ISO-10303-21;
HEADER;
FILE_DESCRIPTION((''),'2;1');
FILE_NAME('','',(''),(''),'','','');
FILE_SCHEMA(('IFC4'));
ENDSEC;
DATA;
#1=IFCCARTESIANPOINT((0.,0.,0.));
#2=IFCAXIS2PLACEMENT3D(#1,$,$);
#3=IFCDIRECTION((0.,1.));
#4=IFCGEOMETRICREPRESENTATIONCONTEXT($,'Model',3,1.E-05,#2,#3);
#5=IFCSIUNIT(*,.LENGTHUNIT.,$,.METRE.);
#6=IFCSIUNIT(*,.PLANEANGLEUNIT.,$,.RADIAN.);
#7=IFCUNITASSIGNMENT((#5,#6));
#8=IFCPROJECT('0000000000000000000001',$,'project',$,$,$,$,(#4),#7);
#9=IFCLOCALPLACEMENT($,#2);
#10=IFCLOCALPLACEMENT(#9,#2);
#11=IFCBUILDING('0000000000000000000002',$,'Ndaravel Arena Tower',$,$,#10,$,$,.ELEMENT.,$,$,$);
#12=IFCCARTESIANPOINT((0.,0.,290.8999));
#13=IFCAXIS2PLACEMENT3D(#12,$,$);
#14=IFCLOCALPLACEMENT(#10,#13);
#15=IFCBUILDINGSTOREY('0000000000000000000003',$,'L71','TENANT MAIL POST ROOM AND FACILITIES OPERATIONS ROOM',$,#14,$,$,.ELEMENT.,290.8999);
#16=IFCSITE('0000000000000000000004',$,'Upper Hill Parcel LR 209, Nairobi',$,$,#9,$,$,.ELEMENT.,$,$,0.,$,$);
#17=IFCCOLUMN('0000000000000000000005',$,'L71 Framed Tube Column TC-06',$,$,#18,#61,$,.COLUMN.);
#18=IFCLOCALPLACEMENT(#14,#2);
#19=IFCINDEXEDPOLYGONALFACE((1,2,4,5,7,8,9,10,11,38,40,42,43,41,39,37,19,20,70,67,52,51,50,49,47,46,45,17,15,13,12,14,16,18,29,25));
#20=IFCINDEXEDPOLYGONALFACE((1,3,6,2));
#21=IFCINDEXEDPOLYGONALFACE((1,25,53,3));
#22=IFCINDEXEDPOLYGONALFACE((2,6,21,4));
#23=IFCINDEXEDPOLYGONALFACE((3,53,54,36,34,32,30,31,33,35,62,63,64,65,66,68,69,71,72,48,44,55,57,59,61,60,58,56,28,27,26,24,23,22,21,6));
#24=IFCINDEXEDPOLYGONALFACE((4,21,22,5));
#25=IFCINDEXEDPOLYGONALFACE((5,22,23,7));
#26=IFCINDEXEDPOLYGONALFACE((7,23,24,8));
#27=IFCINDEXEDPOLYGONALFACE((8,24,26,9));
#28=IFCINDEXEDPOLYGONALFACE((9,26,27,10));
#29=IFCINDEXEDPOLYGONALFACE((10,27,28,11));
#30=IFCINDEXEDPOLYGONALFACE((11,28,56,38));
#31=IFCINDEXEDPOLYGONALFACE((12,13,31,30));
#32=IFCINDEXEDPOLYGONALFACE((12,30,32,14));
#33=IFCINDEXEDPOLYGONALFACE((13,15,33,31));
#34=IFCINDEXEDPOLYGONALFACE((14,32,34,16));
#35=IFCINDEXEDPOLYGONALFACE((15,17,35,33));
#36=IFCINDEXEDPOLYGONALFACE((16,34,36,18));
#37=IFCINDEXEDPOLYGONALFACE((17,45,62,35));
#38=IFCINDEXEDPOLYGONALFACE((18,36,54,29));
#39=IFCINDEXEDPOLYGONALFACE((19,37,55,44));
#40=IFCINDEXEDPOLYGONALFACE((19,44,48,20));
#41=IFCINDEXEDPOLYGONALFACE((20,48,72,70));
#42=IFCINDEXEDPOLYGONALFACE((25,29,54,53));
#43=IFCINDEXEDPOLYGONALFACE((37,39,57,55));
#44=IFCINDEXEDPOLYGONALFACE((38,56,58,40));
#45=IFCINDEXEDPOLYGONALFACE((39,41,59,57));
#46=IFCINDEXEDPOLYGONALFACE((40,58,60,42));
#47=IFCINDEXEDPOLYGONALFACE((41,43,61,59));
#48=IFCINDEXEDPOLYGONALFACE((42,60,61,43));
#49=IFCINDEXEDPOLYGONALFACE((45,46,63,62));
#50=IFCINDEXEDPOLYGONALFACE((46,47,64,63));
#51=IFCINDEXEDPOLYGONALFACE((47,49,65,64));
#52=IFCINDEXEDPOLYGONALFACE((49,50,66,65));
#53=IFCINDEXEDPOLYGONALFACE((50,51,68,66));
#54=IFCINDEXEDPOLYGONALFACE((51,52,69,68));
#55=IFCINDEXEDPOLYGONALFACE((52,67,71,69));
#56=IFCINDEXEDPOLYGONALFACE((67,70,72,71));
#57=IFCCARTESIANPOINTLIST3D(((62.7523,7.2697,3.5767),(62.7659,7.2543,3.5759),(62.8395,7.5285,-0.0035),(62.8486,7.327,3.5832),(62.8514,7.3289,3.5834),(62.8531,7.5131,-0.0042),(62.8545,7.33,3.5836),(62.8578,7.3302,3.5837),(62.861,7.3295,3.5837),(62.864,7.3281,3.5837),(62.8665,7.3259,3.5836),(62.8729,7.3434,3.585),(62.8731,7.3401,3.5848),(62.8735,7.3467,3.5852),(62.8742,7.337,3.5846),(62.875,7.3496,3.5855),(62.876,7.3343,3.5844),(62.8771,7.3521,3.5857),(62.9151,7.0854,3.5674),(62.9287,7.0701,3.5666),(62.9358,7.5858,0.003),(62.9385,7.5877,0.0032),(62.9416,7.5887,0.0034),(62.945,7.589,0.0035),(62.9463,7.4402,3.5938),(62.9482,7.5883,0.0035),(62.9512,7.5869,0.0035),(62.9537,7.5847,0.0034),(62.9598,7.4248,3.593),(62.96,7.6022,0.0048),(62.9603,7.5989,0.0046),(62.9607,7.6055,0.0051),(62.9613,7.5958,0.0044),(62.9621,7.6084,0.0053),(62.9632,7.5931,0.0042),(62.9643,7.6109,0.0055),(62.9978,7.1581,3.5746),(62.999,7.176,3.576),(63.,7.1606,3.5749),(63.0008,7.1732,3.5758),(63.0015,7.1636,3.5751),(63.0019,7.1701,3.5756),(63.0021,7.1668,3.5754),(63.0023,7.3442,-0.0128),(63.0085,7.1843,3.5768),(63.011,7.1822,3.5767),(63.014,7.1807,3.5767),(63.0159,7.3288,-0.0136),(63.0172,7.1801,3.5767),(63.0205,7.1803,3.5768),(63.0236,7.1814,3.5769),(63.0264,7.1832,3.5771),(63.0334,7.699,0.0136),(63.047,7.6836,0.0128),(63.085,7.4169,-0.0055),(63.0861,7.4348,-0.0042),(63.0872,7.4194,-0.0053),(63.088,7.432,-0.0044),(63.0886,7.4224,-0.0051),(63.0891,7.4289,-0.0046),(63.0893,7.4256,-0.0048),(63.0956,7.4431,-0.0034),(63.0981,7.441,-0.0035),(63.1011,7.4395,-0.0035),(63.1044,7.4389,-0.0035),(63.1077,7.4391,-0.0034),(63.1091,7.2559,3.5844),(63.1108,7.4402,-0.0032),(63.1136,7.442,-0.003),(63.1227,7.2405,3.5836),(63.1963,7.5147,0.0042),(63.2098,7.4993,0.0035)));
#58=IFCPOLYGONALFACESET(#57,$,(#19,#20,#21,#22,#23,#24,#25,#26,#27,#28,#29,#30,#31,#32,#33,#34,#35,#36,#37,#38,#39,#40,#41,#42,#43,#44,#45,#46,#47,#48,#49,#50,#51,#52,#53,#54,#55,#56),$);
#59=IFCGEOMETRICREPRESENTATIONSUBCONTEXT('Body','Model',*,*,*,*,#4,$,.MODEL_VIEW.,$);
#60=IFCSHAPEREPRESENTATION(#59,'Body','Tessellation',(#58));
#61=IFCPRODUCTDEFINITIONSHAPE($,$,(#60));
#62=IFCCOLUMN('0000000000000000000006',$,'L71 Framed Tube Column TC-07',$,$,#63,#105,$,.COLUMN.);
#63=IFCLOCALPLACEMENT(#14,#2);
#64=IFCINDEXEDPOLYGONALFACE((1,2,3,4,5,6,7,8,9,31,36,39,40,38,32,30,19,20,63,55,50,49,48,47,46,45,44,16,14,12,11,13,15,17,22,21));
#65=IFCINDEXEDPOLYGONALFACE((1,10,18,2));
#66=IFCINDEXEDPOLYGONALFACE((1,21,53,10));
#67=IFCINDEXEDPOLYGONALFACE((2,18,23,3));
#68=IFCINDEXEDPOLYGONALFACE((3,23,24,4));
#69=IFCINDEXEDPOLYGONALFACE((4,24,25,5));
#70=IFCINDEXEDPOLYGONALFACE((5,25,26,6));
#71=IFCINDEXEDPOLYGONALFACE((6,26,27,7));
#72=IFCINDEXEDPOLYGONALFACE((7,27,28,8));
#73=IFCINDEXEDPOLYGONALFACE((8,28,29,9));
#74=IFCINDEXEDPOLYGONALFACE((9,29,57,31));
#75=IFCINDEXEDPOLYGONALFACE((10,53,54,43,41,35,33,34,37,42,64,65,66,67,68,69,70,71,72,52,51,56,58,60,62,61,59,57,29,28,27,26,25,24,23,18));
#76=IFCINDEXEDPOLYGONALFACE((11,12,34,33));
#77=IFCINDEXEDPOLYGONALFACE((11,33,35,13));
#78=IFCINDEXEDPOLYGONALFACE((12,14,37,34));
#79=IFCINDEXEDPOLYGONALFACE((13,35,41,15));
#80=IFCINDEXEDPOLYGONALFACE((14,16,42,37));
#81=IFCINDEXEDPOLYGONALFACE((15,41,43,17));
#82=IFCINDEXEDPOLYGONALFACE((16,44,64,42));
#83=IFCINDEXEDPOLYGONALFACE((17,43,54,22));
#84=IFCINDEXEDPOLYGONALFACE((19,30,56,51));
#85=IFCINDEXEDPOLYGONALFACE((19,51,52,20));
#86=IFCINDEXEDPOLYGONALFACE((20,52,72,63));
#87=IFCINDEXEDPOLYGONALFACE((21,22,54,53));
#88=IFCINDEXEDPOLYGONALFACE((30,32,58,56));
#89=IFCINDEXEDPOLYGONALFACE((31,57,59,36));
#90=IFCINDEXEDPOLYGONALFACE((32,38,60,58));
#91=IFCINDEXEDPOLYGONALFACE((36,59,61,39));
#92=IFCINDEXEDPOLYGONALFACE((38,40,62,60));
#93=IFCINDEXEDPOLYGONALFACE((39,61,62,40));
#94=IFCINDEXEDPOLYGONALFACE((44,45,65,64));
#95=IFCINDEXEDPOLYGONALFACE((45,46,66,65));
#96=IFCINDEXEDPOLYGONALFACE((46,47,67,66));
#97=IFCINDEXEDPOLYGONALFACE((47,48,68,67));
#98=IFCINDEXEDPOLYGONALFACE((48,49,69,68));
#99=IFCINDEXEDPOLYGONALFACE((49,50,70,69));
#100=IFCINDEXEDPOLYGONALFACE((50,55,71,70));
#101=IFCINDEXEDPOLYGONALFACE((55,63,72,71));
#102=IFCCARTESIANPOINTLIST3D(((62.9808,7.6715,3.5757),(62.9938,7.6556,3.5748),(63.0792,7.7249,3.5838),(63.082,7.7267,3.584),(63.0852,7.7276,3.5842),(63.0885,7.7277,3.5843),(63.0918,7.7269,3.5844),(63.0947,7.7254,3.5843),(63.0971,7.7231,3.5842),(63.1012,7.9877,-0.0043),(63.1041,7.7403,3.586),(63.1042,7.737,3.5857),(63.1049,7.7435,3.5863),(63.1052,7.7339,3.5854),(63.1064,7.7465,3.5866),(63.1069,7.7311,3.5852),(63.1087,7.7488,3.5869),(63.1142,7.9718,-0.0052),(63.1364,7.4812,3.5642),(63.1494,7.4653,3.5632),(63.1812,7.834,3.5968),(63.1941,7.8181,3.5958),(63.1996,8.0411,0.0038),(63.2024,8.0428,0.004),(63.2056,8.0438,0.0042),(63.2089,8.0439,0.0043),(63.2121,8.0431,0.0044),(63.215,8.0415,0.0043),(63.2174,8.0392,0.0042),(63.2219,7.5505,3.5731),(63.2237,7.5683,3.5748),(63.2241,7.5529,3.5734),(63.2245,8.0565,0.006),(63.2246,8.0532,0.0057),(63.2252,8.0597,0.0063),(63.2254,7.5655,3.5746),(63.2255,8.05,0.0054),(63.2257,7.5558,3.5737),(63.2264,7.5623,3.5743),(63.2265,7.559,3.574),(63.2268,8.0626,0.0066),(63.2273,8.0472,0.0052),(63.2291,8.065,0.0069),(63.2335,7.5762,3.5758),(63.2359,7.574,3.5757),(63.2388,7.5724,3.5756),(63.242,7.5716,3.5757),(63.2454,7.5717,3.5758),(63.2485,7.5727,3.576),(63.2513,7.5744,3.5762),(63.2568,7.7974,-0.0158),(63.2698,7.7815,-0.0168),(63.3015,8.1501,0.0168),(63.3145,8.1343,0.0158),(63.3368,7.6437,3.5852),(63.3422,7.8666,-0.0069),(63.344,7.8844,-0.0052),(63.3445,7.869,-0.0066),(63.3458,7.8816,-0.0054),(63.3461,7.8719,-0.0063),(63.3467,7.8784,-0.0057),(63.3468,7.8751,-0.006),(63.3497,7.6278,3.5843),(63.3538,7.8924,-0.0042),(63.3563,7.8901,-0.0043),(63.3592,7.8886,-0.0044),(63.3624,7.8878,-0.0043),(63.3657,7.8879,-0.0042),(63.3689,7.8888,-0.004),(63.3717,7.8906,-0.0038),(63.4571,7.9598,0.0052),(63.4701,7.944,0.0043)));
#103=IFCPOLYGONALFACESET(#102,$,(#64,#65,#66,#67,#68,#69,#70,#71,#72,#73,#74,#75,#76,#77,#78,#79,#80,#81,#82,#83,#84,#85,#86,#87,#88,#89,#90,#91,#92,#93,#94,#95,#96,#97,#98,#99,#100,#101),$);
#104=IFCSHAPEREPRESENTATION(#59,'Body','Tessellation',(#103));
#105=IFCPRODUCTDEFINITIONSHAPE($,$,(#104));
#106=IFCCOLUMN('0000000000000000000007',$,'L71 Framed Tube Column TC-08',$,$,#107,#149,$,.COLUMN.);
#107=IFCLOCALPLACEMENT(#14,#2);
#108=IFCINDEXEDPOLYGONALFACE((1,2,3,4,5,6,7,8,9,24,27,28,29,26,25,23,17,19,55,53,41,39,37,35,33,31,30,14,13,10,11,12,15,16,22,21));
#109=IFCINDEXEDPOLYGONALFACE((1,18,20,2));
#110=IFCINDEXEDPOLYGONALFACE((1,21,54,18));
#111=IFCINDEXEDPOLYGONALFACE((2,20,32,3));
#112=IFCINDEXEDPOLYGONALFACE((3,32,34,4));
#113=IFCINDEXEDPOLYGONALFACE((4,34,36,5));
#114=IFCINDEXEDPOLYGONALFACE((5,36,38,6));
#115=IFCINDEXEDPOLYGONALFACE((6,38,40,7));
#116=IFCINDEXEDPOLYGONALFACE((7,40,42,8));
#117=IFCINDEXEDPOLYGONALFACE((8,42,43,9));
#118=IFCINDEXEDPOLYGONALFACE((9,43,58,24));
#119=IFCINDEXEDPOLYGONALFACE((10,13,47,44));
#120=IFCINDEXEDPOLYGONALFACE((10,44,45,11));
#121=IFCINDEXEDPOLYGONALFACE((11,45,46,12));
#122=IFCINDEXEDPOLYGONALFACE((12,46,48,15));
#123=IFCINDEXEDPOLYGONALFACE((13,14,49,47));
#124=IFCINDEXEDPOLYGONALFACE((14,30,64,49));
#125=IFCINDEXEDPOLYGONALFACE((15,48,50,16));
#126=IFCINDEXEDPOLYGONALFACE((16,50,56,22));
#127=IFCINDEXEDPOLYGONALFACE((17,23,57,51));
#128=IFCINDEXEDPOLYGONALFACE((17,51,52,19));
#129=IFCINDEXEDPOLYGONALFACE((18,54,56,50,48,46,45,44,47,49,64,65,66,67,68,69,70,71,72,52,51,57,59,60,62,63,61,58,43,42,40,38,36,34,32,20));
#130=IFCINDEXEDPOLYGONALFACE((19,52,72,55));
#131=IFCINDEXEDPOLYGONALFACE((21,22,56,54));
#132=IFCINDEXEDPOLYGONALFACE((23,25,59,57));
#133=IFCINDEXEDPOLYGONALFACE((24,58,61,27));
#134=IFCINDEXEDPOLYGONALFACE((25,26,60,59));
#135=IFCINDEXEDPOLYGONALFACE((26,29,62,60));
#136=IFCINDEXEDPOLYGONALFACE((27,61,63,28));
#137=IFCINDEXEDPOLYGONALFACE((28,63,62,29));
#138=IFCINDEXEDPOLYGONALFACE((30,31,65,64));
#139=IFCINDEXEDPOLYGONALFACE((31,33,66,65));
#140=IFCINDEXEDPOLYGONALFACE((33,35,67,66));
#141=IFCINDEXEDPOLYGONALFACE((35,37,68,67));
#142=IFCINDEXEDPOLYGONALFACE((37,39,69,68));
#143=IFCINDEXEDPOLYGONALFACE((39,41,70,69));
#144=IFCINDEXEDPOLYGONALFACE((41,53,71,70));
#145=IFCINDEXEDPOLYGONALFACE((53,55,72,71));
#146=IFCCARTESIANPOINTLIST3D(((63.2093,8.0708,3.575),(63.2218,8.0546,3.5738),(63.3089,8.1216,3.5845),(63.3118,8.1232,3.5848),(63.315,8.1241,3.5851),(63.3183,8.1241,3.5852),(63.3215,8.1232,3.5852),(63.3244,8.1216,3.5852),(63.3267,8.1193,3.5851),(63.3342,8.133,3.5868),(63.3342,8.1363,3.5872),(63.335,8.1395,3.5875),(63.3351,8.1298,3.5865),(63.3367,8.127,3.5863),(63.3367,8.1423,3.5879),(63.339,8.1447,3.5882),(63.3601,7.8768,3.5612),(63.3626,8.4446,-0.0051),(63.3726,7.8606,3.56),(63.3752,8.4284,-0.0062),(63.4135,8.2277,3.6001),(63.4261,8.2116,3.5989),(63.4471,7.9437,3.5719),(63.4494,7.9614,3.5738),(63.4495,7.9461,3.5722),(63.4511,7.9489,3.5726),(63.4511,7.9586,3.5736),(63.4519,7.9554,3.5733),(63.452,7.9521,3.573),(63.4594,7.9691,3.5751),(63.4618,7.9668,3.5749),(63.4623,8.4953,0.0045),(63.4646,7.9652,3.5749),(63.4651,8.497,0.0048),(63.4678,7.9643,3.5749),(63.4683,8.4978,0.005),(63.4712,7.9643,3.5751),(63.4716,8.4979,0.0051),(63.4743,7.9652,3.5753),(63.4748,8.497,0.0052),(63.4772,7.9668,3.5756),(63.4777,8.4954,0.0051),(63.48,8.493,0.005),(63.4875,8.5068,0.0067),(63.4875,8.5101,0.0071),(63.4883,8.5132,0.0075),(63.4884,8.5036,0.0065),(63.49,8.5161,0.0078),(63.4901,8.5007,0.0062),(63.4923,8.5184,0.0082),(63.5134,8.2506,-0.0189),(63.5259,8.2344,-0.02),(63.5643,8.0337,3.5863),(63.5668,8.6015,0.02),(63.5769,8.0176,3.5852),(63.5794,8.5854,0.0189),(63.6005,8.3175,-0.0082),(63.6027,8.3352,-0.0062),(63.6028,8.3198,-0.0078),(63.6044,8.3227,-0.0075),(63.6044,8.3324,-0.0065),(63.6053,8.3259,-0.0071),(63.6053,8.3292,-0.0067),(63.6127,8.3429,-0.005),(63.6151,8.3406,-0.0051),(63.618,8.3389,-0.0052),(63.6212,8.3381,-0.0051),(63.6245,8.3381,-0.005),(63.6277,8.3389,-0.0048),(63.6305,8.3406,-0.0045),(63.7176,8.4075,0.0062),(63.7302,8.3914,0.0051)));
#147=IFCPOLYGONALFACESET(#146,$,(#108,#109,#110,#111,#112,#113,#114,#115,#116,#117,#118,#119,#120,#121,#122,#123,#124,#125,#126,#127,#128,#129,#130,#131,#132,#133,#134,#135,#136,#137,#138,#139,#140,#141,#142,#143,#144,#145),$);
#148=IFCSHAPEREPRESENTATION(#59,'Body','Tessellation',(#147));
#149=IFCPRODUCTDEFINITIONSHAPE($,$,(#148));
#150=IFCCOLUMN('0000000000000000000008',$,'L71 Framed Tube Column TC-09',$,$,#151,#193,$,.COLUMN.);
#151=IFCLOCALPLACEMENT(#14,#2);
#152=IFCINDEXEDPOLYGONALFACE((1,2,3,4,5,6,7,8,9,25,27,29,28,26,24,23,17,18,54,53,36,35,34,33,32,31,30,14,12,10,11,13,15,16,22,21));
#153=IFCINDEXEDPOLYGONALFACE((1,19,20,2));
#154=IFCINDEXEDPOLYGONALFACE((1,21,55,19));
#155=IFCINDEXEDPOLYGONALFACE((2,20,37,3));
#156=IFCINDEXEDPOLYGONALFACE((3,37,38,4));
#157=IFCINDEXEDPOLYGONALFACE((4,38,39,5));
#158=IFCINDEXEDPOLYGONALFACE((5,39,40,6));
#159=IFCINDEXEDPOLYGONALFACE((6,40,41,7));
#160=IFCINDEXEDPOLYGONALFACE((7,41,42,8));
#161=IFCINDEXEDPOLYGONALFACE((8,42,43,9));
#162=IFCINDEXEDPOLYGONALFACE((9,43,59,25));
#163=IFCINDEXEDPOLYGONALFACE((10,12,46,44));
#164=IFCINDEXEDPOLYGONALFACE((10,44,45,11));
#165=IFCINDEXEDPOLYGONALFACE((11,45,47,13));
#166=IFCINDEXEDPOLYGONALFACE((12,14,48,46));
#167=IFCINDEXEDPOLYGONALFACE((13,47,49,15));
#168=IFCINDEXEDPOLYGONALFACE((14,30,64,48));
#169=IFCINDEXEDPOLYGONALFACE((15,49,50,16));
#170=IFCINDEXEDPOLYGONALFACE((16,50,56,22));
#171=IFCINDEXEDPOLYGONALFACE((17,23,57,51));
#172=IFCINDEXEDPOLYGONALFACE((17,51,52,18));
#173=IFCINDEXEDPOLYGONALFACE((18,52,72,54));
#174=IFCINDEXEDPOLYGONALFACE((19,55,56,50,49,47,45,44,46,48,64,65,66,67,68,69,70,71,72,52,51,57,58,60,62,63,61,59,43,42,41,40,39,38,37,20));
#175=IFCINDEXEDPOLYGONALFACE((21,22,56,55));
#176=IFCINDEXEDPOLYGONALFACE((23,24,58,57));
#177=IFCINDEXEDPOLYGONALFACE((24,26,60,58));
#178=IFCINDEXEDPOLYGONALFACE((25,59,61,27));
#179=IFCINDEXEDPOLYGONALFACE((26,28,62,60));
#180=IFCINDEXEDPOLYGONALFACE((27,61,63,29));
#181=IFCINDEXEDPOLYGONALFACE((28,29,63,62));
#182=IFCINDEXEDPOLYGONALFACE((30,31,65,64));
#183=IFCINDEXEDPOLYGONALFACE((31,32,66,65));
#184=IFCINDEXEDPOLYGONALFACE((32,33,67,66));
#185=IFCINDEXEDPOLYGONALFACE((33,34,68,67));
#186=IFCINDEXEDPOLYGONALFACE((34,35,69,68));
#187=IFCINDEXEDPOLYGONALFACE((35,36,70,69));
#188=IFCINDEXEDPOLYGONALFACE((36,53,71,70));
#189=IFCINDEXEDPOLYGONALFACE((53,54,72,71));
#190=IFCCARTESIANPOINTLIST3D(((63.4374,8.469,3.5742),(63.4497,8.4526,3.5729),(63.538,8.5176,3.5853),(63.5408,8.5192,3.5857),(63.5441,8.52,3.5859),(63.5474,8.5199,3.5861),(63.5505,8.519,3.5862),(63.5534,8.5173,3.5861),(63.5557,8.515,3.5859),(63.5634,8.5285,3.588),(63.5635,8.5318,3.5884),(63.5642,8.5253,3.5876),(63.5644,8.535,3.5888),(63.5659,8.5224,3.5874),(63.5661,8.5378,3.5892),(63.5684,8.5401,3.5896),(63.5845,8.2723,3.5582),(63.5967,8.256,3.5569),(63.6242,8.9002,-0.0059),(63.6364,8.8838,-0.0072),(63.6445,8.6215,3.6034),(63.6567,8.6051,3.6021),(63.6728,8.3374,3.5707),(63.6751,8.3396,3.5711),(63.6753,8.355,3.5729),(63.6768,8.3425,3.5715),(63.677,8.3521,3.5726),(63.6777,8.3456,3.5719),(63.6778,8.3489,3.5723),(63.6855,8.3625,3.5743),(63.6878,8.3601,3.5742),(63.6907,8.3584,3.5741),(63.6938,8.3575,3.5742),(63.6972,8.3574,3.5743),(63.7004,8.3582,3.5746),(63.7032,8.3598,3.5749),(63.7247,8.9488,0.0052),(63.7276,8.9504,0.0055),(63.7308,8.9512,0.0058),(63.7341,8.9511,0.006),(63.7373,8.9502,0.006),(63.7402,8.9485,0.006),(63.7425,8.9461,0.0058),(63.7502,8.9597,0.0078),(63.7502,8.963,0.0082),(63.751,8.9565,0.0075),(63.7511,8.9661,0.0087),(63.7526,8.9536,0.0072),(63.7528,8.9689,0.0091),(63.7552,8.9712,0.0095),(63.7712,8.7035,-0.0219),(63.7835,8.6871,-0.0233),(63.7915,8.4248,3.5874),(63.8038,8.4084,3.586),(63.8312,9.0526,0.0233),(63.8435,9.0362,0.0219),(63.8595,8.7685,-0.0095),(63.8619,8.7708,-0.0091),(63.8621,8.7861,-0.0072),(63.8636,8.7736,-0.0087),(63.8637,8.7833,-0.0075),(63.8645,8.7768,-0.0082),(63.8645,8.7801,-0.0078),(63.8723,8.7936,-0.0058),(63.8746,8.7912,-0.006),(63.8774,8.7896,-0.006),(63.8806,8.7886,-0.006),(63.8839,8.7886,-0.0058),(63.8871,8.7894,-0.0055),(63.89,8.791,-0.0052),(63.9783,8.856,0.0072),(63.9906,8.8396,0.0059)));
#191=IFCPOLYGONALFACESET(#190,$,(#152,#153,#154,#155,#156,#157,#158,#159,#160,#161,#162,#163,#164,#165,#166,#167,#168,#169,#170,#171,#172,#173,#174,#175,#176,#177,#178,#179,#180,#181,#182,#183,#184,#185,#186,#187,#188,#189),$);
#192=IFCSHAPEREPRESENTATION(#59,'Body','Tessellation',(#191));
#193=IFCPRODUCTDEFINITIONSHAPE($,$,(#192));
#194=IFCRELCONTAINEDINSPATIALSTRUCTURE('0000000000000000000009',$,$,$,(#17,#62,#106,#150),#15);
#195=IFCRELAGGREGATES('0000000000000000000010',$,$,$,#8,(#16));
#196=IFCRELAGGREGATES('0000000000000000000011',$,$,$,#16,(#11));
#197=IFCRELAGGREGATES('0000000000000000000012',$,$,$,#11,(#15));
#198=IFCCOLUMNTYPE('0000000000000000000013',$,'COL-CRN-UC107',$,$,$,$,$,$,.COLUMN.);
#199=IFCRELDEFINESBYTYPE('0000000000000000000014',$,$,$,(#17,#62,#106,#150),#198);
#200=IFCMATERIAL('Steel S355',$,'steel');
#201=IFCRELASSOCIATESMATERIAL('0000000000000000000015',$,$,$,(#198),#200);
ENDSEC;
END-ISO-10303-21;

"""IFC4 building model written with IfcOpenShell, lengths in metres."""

from ifc_helpers import new_model, si_unit, direction, frame, origin, origin_2d, place, context, subcontext, project, spatial, i_section, extrude, material, material_profile, profile_set, type_object, element, save


model = new_model("IFC4")

# Units and contexts
model_context = context("Model", 3, precision=1e-05, world=origin(), true_north=direction((0.0, 1.0)))
body_context = subcontext(model_context, "Body", "Model", "MODEL_VIEW")
ifc_project = project(units=[si_unit("LENGTHUNIT", "METRE"), si_unit("PLANEANGLEUNIT", "RADIAN")], contexts=[model_context])

# Site, building, storey
site_placement = place(None, origin())
site = spatial("IfcSite", under=ifc_project, at=site_placement, Name="Upper Hill Parcel LR 209, Nairobi", CompositionType="ELEMENT", RefElevation=0.0)
building_placement = place(site_placement, origin())
building = spatial("IfcBuilding", under=site, at=building_placement, Name="Ndaravel Arena Tower", CompositionType="ELEMENT")
storey_placement = place(building_placement, frame((0.0, 0.0, 290.8999)))
storey = spatial("IfcBuildingStorey", under=building, at=storey_placement, Name="L71", Description="TENANT MAIL POST ROOM AND FACILITIES OPERATIONS ROOM", CompositionType="ELEMENT", Elevation=290.8999)

# Columns
ifc_material_1 = material(Name="Steel S355", Category="steel")
ifc_material_profile_1 = material_profile(ifc_material_1, i_section(OverallWidth=0.2588, OverallDepth=0.2666, WebThickness=0.0127, FlangeThickness=0.0205, FilletRadius=0.0127, at=origin_2d()), Name="UC 254x254x107")
ifc_profile_set_1 = profile_set([ifc_material_profile_1], Name="Steel S355")
column_type = type_object("IfcColumnType", Name="COL-CRN-UC107", PredefinedType="COLUMN", material=ifc_profile_set_1)
column_1_placement = place(storey_placement, frame((63.0247, 7.5139, 0.0), z_axis=(-0.024275, -0.072077, 0.997104), x_axis=(0.749462, 0.658763, 0.065865)))
element("IfcColumn", 1, at=column_1_placement, inside=storey, type_object=column_type, Name="L71 Framed Tube Column TC-06", PredefinedType="COLUMN", context=body_context, shape_type="SweptSolid", body=[
    extrude(i_section(OverallWidth=0.2588, OverallDepth=0.2666, WebThickness=0.0127, FlangeThickness=0.0205, FilletRadius=0.0127, at=origin_2d()), origin(), (0.0, 0.0, 1.0), 3.5906),
])
column_2_placement = place(storey_placement, frame((63.2856, 7.9658, 0.0), z_axis=(-0.033471, -0.08792, 0.995565), x_axis=(0.774036, 0.627877, 0.081472)))
element("IfcColumn", 2, at=column_2_placement, inside=storey, type_object=column_type, Name="L71 Framed Tube Column TC-07", PredefinedType="COLUMN", context=body_context, shape_type="SweptSolid", body=[
    extrude(i_section(OverallWidth=0.2588, OverallDepth=0.2666, WebThickness=0.0127, FlangeThickness=0.0205, FilletRadius=0.0127, at=origin_2d()), origin(), (0.0, 0.0, 1.0), 3.5959),
])
column_3_placement = place(storey_placement, frame((63.5464, 8.418, 0.0), z_axis=(-0.042556, -0.103747, 0.993693), x_axis=(0.789182, 0.606433, 0.097112)))
element("IfcColumn", 3, at=column_3_placement, inside=storey, type_object=column_type, Name="L71 Framed Tube Column TC-08", PredefinedType="COLUMN", context=body_context, shape_type="SweptSolid", body=[
    extrude(i_section(OverallWidth=0.2588, OverallDepth=0.2666, WebThickness=0.0127, FlangeThickness=0.0205, FilletRadius=0.0127, at=origin_2d()), origin(), (0.0, 0.0, 1.0), 3.6028),
])
column_4_placement = place(storey_placement, frame((63.8074, 8.8699, 0.0), z_axis=(-0.051725, -0.119407, 0.991497), x_axis=(0.800113, 0.589168, 0.112695)))
element("IfcColumn", 4, at=column_4_placement, inside=storey, type_object=column_type, Name="L71 Framed Tube Column TC-09", PredefinedType="COLUMN", context=body_context, shape_type="SweptSolid", body=[
    extrude(i_section(OverallWidth=0.2588, OverallDepth=0.2666, WebThickness=0.0127, FlangeThickness=0.0205, FilletRadius=0.0127, at=origin_2d()), origin(), (0.0, 0.0, 1.0), 3.6108),
])

save(model, "model.ifc")
